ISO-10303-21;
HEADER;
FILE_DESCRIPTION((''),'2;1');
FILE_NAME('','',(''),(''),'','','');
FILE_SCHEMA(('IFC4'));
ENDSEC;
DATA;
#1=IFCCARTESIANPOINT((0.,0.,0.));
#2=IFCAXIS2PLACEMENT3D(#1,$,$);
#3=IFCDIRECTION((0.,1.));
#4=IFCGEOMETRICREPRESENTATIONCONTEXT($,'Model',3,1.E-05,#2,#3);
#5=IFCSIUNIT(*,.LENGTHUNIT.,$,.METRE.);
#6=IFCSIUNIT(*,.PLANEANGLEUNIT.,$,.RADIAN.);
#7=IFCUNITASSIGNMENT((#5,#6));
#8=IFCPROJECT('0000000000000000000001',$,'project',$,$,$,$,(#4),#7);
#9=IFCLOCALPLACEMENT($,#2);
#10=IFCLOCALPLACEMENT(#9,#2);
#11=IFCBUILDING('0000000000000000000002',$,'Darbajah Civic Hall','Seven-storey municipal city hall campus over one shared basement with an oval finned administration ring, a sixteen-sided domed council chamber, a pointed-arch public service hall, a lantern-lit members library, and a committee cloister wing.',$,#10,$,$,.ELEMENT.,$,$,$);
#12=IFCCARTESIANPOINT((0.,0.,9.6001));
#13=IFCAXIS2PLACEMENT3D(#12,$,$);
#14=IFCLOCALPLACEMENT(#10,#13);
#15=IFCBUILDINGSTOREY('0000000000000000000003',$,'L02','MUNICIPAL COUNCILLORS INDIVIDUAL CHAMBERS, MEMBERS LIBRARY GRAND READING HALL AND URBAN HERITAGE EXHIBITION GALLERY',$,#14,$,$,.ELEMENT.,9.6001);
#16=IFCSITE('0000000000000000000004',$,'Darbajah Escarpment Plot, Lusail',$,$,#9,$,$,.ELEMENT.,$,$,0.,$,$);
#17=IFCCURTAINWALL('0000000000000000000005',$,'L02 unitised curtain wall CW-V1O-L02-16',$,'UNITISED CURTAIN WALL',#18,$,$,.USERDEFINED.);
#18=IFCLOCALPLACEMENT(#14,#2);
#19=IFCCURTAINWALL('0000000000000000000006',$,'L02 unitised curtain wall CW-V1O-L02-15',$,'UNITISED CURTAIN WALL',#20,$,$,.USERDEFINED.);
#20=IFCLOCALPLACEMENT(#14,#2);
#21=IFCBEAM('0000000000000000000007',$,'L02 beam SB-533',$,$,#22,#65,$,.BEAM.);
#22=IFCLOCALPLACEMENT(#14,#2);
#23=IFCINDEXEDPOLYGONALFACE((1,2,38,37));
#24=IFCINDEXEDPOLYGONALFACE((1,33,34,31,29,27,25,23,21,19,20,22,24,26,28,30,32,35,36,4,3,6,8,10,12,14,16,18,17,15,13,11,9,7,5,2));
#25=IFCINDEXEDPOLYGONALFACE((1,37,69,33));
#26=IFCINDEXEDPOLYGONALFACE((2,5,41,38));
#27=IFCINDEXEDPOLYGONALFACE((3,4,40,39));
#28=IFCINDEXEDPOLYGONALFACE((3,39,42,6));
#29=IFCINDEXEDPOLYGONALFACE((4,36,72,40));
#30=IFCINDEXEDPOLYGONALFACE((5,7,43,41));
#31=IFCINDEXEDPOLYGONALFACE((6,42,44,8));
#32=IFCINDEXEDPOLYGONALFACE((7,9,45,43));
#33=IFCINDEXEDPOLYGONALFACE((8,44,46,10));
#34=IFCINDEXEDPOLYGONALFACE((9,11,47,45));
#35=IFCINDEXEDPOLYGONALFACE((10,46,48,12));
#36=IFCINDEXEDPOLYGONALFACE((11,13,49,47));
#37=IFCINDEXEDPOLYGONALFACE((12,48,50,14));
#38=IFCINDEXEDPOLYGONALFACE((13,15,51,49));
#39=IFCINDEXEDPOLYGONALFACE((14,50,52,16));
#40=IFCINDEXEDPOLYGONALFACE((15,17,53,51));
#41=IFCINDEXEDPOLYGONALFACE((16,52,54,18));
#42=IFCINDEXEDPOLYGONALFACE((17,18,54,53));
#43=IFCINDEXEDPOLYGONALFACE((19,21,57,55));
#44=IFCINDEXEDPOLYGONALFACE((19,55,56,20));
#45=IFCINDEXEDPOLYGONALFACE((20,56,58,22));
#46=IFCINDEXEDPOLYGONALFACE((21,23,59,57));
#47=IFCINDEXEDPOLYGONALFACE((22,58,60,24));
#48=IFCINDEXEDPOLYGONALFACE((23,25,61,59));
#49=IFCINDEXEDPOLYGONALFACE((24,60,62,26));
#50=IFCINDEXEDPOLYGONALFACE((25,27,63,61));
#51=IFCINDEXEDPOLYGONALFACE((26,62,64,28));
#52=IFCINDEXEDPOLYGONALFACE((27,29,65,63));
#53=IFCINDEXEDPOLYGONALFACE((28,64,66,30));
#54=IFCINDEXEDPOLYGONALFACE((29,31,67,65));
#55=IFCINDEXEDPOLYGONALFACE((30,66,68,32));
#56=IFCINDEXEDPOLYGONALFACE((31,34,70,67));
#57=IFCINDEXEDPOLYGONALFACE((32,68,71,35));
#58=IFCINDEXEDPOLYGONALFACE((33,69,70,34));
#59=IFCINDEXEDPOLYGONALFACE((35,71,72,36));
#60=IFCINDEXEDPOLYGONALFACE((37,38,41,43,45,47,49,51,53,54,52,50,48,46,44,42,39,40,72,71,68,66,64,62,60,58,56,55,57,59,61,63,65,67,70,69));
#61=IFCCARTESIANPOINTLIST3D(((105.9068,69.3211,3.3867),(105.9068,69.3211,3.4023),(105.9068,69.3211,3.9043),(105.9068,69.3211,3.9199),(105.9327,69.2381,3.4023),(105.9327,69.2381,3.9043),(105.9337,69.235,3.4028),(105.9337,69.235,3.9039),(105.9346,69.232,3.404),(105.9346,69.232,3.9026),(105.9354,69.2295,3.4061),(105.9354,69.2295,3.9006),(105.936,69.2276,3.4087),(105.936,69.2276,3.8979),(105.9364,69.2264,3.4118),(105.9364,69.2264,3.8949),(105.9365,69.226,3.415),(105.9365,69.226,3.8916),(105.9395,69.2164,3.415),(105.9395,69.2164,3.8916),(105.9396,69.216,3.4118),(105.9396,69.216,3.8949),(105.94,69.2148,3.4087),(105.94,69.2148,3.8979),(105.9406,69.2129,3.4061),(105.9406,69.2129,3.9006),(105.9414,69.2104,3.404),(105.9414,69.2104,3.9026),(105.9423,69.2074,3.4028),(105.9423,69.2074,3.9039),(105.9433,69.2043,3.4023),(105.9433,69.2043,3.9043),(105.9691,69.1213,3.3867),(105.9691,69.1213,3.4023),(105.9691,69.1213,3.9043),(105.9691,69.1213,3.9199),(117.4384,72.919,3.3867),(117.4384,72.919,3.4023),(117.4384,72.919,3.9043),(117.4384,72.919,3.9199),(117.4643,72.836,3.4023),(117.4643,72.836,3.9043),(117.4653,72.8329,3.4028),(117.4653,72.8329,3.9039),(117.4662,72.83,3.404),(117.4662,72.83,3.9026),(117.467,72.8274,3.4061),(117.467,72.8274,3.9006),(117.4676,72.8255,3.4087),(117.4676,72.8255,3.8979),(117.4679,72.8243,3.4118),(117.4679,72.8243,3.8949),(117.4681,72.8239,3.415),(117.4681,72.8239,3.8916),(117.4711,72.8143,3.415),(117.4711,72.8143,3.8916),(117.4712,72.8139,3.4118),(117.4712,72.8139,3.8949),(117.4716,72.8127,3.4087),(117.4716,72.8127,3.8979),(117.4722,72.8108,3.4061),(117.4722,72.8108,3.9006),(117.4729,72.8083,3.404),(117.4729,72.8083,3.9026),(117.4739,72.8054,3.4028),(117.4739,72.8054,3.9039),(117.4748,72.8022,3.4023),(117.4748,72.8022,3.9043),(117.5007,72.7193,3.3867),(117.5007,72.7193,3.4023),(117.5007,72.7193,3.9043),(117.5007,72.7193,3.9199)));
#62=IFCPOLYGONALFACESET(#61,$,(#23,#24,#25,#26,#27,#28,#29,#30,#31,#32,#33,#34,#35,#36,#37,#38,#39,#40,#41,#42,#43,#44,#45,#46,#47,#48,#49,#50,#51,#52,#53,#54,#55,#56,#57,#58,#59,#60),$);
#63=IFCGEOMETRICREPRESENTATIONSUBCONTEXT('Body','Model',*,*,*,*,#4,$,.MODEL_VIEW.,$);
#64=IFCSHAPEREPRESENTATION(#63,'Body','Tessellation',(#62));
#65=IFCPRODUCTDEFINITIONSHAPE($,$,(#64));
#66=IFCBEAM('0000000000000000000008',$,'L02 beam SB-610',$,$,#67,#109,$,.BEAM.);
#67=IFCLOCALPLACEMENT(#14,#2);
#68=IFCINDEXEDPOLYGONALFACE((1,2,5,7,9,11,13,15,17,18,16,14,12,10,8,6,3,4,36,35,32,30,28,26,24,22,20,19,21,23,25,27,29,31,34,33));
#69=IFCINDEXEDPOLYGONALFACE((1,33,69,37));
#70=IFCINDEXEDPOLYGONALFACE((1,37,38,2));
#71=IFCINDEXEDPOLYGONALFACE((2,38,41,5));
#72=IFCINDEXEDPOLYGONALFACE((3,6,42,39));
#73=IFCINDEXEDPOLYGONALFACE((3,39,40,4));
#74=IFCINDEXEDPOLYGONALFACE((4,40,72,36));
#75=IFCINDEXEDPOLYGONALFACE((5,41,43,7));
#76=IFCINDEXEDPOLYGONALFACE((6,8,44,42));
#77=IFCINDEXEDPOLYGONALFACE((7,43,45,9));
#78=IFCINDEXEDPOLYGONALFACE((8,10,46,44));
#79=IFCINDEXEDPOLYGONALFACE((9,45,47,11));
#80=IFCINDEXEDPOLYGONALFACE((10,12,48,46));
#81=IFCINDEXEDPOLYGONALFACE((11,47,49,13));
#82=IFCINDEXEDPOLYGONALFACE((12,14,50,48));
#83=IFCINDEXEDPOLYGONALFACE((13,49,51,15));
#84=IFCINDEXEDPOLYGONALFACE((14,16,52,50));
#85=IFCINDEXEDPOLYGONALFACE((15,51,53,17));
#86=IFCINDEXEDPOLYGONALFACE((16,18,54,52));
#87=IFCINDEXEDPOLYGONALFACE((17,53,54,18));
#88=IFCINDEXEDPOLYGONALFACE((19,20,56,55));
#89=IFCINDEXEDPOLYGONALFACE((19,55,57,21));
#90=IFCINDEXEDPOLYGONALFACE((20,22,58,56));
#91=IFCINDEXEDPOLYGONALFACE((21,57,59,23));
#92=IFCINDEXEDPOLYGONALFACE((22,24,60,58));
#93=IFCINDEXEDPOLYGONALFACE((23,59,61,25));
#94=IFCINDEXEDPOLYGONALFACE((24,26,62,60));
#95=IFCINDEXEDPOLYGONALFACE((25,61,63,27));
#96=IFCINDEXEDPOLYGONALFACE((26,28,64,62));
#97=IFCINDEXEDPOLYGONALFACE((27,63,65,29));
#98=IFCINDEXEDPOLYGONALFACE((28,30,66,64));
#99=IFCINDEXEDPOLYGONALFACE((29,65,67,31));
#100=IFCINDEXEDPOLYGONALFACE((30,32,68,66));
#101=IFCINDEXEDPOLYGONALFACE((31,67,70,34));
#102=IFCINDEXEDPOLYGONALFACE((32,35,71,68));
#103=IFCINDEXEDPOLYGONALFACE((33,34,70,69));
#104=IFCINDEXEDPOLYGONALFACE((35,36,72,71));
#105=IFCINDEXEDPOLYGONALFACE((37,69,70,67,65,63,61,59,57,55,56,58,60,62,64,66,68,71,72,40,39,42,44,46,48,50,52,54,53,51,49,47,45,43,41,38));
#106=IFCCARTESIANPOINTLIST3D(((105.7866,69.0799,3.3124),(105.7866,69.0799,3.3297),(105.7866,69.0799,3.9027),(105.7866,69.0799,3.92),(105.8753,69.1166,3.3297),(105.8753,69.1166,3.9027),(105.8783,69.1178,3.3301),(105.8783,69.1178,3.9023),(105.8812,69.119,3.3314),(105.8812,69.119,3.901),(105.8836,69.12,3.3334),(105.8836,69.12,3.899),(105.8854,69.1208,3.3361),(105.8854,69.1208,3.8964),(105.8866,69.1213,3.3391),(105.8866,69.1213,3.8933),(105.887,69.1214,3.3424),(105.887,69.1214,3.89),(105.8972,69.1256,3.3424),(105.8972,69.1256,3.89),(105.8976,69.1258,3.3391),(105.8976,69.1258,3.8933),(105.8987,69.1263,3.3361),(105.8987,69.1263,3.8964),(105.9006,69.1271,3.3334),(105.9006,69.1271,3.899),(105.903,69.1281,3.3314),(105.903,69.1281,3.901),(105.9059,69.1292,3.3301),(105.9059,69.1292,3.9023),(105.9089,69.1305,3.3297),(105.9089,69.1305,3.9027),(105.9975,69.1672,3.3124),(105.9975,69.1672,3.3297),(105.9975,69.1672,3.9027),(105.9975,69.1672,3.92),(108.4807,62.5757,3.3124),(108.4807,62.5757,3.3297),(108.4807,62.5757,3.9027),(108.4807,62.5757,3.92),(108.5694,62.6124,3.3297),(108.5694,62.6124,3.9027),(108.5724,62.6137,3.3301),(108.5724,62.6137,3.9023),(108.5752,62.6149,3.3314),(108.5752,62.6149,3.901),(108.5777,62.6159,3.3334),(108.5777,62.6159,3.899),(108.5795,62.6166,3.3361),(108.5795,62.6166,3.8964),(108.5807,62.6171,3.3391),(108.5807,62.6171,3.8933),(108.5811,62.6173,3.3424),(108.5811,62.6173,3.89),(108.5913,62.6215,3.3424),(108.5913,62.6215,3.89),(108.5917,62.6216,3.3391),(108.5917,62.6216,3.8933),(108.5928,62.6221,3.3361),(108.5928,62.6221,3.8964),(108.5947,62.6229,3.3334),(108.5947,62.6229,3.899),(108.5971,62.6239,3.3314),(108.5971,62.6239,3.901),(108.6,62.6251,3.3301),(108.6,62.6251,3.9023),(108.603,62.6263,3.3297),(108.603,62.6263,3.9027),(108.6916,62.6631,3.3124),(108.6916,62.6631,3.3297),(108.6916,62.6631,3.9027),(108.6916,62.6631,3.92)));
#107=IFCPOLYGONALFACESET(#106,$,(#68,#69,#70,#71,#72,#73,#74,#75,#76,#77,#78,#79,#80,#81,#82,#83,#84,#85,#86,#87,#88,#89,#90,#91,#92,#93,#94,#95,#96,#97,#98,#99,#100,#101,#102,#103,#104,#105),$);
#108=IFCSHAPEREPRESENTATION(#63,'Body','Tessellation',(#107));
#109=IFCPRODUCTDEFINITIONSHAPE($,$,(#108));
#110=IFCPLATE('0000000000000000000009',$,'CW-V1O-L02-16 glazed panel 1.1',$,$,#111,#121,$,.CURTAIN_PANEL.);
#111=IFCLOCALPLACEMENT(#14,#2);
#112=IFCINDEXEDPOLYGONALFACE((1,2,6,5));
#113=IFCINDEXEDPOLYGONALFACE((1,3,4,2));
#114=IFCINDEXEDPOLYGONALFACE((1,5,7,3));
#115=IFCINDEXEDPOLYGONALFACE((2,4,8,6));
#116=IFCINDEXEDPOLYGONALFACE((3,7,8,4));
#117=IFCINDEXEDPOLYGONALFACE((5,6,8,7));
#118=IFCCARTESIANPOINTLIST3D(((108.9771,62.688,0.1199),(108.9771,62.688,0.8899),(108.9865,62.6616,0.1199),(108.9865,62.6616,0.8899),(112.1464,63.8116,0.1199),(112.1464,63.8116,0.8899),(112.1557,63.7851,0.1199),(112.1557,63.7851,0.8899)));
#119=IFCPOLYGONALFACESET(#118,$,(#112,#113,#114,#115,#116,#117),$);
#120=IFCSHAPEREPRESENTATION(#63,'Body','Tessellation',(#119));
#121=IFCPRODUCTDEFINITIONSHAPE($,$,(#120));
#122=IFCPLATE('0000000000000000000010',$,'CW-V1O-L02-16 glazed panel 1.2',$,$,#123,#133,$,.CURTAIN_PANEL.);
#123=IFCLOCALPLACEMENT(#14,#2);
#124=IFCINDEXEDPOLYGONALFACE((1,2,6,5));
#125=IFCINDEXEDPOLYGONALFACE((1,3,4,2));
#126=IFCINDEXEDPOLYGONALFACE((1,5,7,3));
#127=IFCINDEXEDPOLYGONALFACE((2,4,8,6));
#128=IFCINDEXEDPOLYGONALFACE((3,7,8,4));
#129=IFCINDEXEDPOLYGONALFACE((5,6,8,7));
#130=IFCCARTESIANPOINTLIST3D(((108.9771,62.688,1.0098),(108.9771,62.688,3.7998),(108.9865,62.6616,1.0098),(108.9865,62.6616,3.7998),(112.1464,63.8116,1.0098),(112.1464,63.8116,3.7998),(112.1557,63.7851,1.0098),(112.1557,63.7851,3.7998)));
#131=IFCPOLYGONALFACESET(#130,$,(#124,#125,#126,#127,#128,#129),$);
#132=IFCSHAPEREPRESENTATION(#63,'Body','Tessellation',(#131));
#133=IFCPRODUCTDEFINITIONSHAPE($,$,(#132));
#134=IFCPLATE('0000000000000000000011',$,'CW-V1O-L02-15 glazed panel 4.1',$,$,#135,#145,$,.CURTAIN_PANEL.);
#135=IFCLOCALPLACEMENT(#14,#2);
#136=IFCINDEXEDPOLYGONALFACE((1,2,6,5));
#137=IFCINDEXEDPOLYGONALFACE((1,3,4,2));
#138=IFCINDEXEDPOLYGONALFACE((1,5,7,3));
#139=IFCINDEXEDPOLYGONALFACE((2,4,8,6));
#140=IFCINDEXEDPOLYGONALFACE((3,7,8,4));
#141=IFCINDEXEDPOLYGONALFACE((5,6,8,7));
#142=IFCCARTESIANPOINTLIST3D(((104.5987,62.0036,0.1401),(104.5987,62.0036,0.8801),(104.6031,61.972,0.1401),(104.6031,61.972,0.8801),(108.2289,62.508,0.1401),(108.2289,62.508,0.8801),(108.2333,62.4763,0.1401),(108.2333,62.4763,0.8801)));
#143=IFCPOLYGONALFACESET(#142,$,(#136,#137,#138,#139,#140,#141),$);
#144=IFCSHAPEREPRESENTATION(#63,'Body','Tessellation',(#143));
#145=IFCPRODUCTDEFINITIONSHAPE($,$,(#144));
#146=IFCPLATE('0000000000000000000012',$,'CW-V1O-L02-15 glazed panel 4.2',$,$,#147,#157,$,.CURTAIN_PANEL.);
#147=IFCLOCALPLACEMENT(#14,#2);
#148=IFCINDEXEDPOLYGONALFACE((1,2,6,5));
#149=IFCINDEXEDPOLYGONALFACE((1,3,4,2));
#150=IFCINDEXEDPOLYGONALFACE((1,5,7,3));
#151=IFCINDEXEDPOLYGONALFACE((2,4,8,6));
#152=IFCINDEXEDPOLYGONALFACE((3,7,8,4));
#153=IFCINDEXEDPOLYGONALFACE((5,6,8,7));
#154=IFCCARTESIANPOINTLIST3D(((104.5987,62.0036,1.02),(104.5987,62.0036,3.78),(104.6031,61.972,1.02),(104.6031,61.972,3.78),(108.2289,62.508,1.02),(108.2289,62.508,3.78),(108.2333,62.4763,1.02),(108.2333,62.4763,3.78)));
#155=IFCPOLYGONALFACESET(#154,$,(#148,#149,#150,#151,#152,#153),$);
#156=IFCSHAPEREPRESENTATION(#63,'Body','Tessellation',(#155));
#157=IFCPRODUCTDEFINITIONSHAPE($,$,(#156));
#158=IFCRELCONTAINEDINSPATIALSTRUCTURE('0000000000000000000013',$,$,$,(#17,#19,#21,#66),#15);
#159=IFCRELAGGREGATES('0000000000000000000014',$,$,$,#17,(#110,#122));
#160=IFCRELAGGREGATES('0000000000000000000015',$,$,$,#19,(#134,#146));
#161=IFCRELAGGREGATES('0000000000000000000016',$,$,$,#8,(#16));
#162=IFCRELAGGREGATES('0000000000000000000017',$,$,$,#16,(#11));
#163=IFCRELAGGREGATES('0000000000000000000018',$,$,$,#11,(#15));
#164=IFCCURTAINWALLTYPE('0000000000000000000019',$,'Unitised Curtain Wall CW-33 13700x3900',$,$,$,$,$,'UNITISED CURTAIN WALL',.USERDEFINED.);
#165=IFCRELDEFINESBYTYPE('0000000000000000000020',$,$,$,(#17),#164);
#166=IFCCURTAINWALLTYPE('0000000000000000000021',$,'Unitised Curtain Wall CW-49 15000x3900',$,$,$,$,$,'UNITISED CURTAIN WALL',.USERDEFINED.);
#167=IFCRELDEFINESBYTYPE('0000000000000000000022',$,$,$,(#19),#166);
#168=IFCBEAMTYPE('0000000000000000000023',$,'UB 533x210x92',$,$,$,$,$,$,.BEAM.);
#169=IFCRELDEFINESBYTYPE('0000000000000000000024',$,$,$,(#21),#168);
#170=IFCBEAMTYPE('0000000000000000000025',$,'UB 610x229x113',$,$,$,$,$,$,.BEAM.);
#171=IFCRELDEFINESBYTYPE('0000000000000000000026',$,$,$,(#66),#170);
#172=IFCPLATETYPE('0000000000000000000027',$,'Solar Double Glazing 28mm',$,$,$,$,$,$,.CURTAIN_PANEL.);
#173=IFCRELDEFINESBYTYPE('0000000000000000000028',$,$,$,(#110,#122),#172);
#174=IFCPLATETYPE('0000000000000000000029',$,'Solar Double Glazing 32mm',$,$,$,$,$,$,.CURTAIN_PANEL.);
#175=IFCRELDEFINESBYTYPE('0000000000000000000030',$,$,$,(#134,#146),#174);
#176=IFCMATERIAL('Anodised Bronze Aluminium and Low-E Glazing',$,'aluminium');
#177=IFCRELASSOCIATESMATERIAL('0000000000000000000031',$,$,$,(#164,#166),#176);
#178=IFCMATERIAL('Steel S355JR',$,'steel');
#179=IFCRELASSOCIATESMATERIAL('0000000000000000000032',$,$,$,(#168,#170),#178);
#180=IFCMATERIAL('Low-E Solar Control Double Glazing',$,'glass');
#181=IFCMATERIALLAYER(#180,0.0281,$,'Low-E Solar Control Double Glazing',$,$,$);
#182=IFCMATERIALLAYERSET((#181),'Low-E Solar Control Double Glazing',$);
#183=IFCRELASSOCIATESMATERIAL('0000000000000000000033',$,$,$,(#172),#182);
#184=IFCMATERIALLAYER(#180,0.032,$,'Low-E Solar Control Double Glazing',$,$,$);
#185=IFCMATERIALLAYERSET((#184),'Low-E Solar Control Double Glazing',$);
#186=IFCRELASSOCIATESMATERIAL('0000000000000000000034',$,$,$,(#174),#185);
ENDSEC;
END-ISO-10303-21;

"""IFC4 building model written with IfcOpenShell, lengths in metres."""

from ifc_helpers import new_model, si_unit, direction, frame, origin, origin_2d, place, context, subcontext, project, spatial, rectangle, i_section, extrude, material, layer, layer_set, material_profile, profile_set, type_object, element, aggregate, save


model = new_model("IFC4")

# Units and contexts
model_context = context("Model", 3, precision=1e-05, world=origin(), true_north=direction((0.0, 1.0)))
body_context = subcontext(model_context, "Body", "Model", "MODEL_VIEW")
ifc_project = project(units=[si_unit("LENGTHUNIT", "METRE"), si_unit("PLANEANGLEUNIT", "RADIAN")], contexts=[model_context])

# Site, building, storey
site_placement = place(None, origin())
site = spatial("IfcSite", under=ifc_project, at=site_placement, Name="Darbajah Escarpment Plot, Lusail", CompositionType="ELEMENT", RefElevation=0.0)
building_placement = place(site_placement, origin())
building = spatial("IfcBuilding", under=site, at=building_placement, Name="Darbajah Civic Hall", Description="Seven-storey municipal city hall campus over one shared basement with an oval finned administration ring, a sixteen-sided domed council chamber, a pointed-arch public service hall, a lantern-lit members library, and a committee cloister wing.", CompositionType="ELEMENT")
storey_placement = place(building_placement, frame((0.0, 0.0, 9.6001)))
storey = spatial("IfcBuildingStorey", under=building, at=storey_placement, Name="L02", Description="MUNICIPAL COUNCILLORS INDIVIDUAL CHAMBERS, MEMBERS LIBRARY GRAND READING HALL AND URBAN HERITAGE EXHIBITION GALLERY", CompositionType="ELEMENT", Elevation=9.6001)

# Shared definitions
ifc_material_1 = material(Name="Anodised Bronze Aluminium and Low-E Glazing", Category="aluminium")

# Curtain wall
curtain_wall_type_1 = type_object("IfcCurtainWallType", Name="Unitised Curtain Wall CW-33 13700x3900", ElementType="UNITISED CURTAIN WALL", PredefinedType="USERDEFINED", material=ifc_material_1)
curtain_wall_1_placement = place(storey_placement, origin())
curtain_wall_1 = element("IfcCurtainWall", 1, at=curtain_wall_1_placement, inside=storey, type_object=curtain_wall_type_1, Name="L02 unitised curtain wall CW-V1O-L02-16", ObjectType="UNITISED CURTAIN WALL", PredefinedType="USERDEFINED")

# Curtain wall
curtain_wall_type_2 = type_object("IfcCurtainWallType", Name="Unitised Curtain Wall CW-49 15000x3900", ElementType="UNITISED CURTAIN WALL", PredefinedType="USERDEFINED", material=ifc_material_1)
curtain_wall_2_placement = place(storey_placement, origin())
curtain_wall_2 = element("IfcCurtainWall", 2, at=curtain_wall_2_placement, inside=storey, type_object=curtain_wall_type_2, Name="L02 unitised curtain wall CW-V1O-L02-15", ObjectType="UNITISED CURTAIN WALL", PredefinedType="USERDEFINED")

# Beams
ifc_material_2 = material(Name="Steel S355JR", Category="steel")
ifc_material_profile_1 = material_profile(ifc_material_2, i_section(OverallWidth=0.2092, OverallDepth=0.5332, WebThickness=0.01, FlangeThickness=0.0156, FilletRadius=0.0127, at=origin_2d()), Name="UB 533x210x92")
ifc_profile_set_1 = profile_set([ifc_material_profile_1], Name="Steel S355JR")
beam_type_1 = type_object("IfcBeamType", Name="UB 533x210x92", PredefinedType="BEAM", material=ifc_profile_set_1)
beam_1_placement = place(storey_placement, frame((105.938, 69.2212, 3.6533), z_axis=(0.954614, 0.297846, 0.0), x_axis=(-0.297846, 0.954614, 0.0)))
element("IfcBeam", 3, at=beam_1_placement, inside=storey, type_object=beam_type_1, Name="L02 beam SB-533", PredefinedType="BEAM", context=body_context, shape_type="SweptSolid", body=[
    extrude(i_section(OverallWidth=0.2092, OverallDepth=0.5332, WebThickness=0.01, FlangeThickness=0.0156, FilletRadius=0.0127, at=origin_2d()), origin(), (0.0, 0.0, 1.0), 12.0798),
])
ifc_material_profile_2 = material_profile(ifc_material_2, i_section(OverallWidth=0.2283, OverallDepth=0.6077, WebThickness=0.011, FlangeThickness=0.0173, FilletRadius=0.0127, at=origin_2d()), Name="UB 610x229x113")
ifc_profile_set_2 = profile_set([ifc_material_profile_2], Name="Steel S355JR")
beam_type_2 = type_object("IfcBeamType", Name="UB 610x229x113", PredefinedType="BEAM", material=ifc_profile_set_2)
beam_2_placement = place(storey_placement, frame((105.8921, 69.1235, 3.6162), z_axis=(0.382682, -0.92388, 0.0), x_axis=(0.92388, 0.382682, 0.0)))
element("IfcBeam", 4, at=beam_2_placement, inside=storey, type_object=beam_type_2, Name="L02 beam SB-610", PredefinedType="BEAM", context=body_context, shape_type="SweptSolid", body=[
    extrude(i_section(OverallWidth=0.2283, OverallDepth=0.6077, WebThickness=0.011, FlangeThickness=0.0173, FilletRadius=0.0127, at=origin_2d()), origin(), (0.0, 0.0, 1.0), 7.04),
])

# Plates
ifc_material_3 = material(Name="Low-E Solar Control Double Glazing", Category="glass")
ifc_layer_1 = layer(ifc_material_3, 0.0281, Name="Low-E Solar Control Double Glazing")
ifc_layer_set_1 = layer_set([ifc_layer_1], Name="Low-E Solar Control Double Glazing")
plate_type_1 = type_object("IfcPlateType", Name="Solar Double Glazing 28mm", PredefinedType="CURTAIN_PANEL", material=ifc_layer_set_1)
plate_1_placement = place(storey_placement, frame((110.5664, 63.2366, 0.1199), z_axis=(0.0, 0.0, 1.0), x_axis=(0.942525, 0.334136, 0.0)))
plate_1 = element("IfcPlate", 5, at=plate_1_placement, type_object=plate_type_1, Name="CW-V1O-L02-16 glazed panel 1.1", PredefinedType="CURTAIN_PANEL", context=body_context, shape_type="SweptSolid", body=[
    extrude(rectangle(XDim=3.3625, YDim=0.0281, at=origin_2d()), origin(), (0.0, 0.0, 1.0), 0.77),
])
plate_2_placement = place(storey_placement, frame((110.5664, 63.2366, 1.0098), z_axis=(0.0, 0.0, 1.0), x_axis=(0.942525, 0.334136, 0.0)))
plate_2 = element("IfcPlate", 6, at=plate_2_placement, type_object=plate_type_1, Name="CW-V1O-L02-16 glazed panel 1.2", PredefinedType="CURTAIN_PANEL", context=body_context, shape_type="SweptSolid", body=[
    extrude(rectangle(XDim=3.3625, YDim=0.0281, at=origin_2d()), origin(), (0.0, 0.0, 1.0), 2.79),
])
aggregate(curtain_wall_1, [plate_1, plate_2])
ifc_layer_2 = layer(ifc_material_3, 0.032, Name="Low-E Solar Control Double Glazing")
ifc_layer_set_2 = layer_set([ifc_layer_2], Name="Low-E Solar Control Double Glazing")
plate_type_2 = type_object("IfcPlateType", Name="Solar Double Glazing 32mm", PredefinedType="CURTAIN_PANEL", material=ifc_layer_set_2)
plate_3_placement = place(storey_placement, frame((106.416, 62.24, 0.1401), z_axis=(0.0, 0.0, 1.0), x_axis=(0.990485, 0.137617, 0.0)))
plate_3 = element("IfcPlate", 7, at=plate_3_placement, type_object=plate_type_2, Name="CW-V1O-L02-15 glazed panel 4.1", PredefinedType="CURTAIN_PANEL", context=body_context, shape_type="SweptSolid", body=[
    extrude(rectangle(XDim=3.665, YDim=0.032, at=origin_2d()), origin(), (0.0, 0.0, 1.0), 0.74),
])
plate_4_placement = place(storey_placement, frame((106.416, 62.24, 1.02), z_axis=(0.0, 0.0, 1.0), x_axis=(0.990485, 0.137617, 0.0)))
plate_4 = element("IfcPlate", 8, at=plate_4_placement, type_object=plate_type_2, Name="CW-V1O-L02-15 glazed panel 4.2", PredefinedType="CURTAIN_PANEL", context=body_context, shape_type="SweptSolid", body=[
    extrude(rectangle(XDim=3.665, YDim=0.032, at=origin_2d()), origin(), (0.0, 0.0, 1.0), 2.76),
])
aggregate(curtain_wall_2, [plate_3, plate_4])

save(model, "model.ifc")
